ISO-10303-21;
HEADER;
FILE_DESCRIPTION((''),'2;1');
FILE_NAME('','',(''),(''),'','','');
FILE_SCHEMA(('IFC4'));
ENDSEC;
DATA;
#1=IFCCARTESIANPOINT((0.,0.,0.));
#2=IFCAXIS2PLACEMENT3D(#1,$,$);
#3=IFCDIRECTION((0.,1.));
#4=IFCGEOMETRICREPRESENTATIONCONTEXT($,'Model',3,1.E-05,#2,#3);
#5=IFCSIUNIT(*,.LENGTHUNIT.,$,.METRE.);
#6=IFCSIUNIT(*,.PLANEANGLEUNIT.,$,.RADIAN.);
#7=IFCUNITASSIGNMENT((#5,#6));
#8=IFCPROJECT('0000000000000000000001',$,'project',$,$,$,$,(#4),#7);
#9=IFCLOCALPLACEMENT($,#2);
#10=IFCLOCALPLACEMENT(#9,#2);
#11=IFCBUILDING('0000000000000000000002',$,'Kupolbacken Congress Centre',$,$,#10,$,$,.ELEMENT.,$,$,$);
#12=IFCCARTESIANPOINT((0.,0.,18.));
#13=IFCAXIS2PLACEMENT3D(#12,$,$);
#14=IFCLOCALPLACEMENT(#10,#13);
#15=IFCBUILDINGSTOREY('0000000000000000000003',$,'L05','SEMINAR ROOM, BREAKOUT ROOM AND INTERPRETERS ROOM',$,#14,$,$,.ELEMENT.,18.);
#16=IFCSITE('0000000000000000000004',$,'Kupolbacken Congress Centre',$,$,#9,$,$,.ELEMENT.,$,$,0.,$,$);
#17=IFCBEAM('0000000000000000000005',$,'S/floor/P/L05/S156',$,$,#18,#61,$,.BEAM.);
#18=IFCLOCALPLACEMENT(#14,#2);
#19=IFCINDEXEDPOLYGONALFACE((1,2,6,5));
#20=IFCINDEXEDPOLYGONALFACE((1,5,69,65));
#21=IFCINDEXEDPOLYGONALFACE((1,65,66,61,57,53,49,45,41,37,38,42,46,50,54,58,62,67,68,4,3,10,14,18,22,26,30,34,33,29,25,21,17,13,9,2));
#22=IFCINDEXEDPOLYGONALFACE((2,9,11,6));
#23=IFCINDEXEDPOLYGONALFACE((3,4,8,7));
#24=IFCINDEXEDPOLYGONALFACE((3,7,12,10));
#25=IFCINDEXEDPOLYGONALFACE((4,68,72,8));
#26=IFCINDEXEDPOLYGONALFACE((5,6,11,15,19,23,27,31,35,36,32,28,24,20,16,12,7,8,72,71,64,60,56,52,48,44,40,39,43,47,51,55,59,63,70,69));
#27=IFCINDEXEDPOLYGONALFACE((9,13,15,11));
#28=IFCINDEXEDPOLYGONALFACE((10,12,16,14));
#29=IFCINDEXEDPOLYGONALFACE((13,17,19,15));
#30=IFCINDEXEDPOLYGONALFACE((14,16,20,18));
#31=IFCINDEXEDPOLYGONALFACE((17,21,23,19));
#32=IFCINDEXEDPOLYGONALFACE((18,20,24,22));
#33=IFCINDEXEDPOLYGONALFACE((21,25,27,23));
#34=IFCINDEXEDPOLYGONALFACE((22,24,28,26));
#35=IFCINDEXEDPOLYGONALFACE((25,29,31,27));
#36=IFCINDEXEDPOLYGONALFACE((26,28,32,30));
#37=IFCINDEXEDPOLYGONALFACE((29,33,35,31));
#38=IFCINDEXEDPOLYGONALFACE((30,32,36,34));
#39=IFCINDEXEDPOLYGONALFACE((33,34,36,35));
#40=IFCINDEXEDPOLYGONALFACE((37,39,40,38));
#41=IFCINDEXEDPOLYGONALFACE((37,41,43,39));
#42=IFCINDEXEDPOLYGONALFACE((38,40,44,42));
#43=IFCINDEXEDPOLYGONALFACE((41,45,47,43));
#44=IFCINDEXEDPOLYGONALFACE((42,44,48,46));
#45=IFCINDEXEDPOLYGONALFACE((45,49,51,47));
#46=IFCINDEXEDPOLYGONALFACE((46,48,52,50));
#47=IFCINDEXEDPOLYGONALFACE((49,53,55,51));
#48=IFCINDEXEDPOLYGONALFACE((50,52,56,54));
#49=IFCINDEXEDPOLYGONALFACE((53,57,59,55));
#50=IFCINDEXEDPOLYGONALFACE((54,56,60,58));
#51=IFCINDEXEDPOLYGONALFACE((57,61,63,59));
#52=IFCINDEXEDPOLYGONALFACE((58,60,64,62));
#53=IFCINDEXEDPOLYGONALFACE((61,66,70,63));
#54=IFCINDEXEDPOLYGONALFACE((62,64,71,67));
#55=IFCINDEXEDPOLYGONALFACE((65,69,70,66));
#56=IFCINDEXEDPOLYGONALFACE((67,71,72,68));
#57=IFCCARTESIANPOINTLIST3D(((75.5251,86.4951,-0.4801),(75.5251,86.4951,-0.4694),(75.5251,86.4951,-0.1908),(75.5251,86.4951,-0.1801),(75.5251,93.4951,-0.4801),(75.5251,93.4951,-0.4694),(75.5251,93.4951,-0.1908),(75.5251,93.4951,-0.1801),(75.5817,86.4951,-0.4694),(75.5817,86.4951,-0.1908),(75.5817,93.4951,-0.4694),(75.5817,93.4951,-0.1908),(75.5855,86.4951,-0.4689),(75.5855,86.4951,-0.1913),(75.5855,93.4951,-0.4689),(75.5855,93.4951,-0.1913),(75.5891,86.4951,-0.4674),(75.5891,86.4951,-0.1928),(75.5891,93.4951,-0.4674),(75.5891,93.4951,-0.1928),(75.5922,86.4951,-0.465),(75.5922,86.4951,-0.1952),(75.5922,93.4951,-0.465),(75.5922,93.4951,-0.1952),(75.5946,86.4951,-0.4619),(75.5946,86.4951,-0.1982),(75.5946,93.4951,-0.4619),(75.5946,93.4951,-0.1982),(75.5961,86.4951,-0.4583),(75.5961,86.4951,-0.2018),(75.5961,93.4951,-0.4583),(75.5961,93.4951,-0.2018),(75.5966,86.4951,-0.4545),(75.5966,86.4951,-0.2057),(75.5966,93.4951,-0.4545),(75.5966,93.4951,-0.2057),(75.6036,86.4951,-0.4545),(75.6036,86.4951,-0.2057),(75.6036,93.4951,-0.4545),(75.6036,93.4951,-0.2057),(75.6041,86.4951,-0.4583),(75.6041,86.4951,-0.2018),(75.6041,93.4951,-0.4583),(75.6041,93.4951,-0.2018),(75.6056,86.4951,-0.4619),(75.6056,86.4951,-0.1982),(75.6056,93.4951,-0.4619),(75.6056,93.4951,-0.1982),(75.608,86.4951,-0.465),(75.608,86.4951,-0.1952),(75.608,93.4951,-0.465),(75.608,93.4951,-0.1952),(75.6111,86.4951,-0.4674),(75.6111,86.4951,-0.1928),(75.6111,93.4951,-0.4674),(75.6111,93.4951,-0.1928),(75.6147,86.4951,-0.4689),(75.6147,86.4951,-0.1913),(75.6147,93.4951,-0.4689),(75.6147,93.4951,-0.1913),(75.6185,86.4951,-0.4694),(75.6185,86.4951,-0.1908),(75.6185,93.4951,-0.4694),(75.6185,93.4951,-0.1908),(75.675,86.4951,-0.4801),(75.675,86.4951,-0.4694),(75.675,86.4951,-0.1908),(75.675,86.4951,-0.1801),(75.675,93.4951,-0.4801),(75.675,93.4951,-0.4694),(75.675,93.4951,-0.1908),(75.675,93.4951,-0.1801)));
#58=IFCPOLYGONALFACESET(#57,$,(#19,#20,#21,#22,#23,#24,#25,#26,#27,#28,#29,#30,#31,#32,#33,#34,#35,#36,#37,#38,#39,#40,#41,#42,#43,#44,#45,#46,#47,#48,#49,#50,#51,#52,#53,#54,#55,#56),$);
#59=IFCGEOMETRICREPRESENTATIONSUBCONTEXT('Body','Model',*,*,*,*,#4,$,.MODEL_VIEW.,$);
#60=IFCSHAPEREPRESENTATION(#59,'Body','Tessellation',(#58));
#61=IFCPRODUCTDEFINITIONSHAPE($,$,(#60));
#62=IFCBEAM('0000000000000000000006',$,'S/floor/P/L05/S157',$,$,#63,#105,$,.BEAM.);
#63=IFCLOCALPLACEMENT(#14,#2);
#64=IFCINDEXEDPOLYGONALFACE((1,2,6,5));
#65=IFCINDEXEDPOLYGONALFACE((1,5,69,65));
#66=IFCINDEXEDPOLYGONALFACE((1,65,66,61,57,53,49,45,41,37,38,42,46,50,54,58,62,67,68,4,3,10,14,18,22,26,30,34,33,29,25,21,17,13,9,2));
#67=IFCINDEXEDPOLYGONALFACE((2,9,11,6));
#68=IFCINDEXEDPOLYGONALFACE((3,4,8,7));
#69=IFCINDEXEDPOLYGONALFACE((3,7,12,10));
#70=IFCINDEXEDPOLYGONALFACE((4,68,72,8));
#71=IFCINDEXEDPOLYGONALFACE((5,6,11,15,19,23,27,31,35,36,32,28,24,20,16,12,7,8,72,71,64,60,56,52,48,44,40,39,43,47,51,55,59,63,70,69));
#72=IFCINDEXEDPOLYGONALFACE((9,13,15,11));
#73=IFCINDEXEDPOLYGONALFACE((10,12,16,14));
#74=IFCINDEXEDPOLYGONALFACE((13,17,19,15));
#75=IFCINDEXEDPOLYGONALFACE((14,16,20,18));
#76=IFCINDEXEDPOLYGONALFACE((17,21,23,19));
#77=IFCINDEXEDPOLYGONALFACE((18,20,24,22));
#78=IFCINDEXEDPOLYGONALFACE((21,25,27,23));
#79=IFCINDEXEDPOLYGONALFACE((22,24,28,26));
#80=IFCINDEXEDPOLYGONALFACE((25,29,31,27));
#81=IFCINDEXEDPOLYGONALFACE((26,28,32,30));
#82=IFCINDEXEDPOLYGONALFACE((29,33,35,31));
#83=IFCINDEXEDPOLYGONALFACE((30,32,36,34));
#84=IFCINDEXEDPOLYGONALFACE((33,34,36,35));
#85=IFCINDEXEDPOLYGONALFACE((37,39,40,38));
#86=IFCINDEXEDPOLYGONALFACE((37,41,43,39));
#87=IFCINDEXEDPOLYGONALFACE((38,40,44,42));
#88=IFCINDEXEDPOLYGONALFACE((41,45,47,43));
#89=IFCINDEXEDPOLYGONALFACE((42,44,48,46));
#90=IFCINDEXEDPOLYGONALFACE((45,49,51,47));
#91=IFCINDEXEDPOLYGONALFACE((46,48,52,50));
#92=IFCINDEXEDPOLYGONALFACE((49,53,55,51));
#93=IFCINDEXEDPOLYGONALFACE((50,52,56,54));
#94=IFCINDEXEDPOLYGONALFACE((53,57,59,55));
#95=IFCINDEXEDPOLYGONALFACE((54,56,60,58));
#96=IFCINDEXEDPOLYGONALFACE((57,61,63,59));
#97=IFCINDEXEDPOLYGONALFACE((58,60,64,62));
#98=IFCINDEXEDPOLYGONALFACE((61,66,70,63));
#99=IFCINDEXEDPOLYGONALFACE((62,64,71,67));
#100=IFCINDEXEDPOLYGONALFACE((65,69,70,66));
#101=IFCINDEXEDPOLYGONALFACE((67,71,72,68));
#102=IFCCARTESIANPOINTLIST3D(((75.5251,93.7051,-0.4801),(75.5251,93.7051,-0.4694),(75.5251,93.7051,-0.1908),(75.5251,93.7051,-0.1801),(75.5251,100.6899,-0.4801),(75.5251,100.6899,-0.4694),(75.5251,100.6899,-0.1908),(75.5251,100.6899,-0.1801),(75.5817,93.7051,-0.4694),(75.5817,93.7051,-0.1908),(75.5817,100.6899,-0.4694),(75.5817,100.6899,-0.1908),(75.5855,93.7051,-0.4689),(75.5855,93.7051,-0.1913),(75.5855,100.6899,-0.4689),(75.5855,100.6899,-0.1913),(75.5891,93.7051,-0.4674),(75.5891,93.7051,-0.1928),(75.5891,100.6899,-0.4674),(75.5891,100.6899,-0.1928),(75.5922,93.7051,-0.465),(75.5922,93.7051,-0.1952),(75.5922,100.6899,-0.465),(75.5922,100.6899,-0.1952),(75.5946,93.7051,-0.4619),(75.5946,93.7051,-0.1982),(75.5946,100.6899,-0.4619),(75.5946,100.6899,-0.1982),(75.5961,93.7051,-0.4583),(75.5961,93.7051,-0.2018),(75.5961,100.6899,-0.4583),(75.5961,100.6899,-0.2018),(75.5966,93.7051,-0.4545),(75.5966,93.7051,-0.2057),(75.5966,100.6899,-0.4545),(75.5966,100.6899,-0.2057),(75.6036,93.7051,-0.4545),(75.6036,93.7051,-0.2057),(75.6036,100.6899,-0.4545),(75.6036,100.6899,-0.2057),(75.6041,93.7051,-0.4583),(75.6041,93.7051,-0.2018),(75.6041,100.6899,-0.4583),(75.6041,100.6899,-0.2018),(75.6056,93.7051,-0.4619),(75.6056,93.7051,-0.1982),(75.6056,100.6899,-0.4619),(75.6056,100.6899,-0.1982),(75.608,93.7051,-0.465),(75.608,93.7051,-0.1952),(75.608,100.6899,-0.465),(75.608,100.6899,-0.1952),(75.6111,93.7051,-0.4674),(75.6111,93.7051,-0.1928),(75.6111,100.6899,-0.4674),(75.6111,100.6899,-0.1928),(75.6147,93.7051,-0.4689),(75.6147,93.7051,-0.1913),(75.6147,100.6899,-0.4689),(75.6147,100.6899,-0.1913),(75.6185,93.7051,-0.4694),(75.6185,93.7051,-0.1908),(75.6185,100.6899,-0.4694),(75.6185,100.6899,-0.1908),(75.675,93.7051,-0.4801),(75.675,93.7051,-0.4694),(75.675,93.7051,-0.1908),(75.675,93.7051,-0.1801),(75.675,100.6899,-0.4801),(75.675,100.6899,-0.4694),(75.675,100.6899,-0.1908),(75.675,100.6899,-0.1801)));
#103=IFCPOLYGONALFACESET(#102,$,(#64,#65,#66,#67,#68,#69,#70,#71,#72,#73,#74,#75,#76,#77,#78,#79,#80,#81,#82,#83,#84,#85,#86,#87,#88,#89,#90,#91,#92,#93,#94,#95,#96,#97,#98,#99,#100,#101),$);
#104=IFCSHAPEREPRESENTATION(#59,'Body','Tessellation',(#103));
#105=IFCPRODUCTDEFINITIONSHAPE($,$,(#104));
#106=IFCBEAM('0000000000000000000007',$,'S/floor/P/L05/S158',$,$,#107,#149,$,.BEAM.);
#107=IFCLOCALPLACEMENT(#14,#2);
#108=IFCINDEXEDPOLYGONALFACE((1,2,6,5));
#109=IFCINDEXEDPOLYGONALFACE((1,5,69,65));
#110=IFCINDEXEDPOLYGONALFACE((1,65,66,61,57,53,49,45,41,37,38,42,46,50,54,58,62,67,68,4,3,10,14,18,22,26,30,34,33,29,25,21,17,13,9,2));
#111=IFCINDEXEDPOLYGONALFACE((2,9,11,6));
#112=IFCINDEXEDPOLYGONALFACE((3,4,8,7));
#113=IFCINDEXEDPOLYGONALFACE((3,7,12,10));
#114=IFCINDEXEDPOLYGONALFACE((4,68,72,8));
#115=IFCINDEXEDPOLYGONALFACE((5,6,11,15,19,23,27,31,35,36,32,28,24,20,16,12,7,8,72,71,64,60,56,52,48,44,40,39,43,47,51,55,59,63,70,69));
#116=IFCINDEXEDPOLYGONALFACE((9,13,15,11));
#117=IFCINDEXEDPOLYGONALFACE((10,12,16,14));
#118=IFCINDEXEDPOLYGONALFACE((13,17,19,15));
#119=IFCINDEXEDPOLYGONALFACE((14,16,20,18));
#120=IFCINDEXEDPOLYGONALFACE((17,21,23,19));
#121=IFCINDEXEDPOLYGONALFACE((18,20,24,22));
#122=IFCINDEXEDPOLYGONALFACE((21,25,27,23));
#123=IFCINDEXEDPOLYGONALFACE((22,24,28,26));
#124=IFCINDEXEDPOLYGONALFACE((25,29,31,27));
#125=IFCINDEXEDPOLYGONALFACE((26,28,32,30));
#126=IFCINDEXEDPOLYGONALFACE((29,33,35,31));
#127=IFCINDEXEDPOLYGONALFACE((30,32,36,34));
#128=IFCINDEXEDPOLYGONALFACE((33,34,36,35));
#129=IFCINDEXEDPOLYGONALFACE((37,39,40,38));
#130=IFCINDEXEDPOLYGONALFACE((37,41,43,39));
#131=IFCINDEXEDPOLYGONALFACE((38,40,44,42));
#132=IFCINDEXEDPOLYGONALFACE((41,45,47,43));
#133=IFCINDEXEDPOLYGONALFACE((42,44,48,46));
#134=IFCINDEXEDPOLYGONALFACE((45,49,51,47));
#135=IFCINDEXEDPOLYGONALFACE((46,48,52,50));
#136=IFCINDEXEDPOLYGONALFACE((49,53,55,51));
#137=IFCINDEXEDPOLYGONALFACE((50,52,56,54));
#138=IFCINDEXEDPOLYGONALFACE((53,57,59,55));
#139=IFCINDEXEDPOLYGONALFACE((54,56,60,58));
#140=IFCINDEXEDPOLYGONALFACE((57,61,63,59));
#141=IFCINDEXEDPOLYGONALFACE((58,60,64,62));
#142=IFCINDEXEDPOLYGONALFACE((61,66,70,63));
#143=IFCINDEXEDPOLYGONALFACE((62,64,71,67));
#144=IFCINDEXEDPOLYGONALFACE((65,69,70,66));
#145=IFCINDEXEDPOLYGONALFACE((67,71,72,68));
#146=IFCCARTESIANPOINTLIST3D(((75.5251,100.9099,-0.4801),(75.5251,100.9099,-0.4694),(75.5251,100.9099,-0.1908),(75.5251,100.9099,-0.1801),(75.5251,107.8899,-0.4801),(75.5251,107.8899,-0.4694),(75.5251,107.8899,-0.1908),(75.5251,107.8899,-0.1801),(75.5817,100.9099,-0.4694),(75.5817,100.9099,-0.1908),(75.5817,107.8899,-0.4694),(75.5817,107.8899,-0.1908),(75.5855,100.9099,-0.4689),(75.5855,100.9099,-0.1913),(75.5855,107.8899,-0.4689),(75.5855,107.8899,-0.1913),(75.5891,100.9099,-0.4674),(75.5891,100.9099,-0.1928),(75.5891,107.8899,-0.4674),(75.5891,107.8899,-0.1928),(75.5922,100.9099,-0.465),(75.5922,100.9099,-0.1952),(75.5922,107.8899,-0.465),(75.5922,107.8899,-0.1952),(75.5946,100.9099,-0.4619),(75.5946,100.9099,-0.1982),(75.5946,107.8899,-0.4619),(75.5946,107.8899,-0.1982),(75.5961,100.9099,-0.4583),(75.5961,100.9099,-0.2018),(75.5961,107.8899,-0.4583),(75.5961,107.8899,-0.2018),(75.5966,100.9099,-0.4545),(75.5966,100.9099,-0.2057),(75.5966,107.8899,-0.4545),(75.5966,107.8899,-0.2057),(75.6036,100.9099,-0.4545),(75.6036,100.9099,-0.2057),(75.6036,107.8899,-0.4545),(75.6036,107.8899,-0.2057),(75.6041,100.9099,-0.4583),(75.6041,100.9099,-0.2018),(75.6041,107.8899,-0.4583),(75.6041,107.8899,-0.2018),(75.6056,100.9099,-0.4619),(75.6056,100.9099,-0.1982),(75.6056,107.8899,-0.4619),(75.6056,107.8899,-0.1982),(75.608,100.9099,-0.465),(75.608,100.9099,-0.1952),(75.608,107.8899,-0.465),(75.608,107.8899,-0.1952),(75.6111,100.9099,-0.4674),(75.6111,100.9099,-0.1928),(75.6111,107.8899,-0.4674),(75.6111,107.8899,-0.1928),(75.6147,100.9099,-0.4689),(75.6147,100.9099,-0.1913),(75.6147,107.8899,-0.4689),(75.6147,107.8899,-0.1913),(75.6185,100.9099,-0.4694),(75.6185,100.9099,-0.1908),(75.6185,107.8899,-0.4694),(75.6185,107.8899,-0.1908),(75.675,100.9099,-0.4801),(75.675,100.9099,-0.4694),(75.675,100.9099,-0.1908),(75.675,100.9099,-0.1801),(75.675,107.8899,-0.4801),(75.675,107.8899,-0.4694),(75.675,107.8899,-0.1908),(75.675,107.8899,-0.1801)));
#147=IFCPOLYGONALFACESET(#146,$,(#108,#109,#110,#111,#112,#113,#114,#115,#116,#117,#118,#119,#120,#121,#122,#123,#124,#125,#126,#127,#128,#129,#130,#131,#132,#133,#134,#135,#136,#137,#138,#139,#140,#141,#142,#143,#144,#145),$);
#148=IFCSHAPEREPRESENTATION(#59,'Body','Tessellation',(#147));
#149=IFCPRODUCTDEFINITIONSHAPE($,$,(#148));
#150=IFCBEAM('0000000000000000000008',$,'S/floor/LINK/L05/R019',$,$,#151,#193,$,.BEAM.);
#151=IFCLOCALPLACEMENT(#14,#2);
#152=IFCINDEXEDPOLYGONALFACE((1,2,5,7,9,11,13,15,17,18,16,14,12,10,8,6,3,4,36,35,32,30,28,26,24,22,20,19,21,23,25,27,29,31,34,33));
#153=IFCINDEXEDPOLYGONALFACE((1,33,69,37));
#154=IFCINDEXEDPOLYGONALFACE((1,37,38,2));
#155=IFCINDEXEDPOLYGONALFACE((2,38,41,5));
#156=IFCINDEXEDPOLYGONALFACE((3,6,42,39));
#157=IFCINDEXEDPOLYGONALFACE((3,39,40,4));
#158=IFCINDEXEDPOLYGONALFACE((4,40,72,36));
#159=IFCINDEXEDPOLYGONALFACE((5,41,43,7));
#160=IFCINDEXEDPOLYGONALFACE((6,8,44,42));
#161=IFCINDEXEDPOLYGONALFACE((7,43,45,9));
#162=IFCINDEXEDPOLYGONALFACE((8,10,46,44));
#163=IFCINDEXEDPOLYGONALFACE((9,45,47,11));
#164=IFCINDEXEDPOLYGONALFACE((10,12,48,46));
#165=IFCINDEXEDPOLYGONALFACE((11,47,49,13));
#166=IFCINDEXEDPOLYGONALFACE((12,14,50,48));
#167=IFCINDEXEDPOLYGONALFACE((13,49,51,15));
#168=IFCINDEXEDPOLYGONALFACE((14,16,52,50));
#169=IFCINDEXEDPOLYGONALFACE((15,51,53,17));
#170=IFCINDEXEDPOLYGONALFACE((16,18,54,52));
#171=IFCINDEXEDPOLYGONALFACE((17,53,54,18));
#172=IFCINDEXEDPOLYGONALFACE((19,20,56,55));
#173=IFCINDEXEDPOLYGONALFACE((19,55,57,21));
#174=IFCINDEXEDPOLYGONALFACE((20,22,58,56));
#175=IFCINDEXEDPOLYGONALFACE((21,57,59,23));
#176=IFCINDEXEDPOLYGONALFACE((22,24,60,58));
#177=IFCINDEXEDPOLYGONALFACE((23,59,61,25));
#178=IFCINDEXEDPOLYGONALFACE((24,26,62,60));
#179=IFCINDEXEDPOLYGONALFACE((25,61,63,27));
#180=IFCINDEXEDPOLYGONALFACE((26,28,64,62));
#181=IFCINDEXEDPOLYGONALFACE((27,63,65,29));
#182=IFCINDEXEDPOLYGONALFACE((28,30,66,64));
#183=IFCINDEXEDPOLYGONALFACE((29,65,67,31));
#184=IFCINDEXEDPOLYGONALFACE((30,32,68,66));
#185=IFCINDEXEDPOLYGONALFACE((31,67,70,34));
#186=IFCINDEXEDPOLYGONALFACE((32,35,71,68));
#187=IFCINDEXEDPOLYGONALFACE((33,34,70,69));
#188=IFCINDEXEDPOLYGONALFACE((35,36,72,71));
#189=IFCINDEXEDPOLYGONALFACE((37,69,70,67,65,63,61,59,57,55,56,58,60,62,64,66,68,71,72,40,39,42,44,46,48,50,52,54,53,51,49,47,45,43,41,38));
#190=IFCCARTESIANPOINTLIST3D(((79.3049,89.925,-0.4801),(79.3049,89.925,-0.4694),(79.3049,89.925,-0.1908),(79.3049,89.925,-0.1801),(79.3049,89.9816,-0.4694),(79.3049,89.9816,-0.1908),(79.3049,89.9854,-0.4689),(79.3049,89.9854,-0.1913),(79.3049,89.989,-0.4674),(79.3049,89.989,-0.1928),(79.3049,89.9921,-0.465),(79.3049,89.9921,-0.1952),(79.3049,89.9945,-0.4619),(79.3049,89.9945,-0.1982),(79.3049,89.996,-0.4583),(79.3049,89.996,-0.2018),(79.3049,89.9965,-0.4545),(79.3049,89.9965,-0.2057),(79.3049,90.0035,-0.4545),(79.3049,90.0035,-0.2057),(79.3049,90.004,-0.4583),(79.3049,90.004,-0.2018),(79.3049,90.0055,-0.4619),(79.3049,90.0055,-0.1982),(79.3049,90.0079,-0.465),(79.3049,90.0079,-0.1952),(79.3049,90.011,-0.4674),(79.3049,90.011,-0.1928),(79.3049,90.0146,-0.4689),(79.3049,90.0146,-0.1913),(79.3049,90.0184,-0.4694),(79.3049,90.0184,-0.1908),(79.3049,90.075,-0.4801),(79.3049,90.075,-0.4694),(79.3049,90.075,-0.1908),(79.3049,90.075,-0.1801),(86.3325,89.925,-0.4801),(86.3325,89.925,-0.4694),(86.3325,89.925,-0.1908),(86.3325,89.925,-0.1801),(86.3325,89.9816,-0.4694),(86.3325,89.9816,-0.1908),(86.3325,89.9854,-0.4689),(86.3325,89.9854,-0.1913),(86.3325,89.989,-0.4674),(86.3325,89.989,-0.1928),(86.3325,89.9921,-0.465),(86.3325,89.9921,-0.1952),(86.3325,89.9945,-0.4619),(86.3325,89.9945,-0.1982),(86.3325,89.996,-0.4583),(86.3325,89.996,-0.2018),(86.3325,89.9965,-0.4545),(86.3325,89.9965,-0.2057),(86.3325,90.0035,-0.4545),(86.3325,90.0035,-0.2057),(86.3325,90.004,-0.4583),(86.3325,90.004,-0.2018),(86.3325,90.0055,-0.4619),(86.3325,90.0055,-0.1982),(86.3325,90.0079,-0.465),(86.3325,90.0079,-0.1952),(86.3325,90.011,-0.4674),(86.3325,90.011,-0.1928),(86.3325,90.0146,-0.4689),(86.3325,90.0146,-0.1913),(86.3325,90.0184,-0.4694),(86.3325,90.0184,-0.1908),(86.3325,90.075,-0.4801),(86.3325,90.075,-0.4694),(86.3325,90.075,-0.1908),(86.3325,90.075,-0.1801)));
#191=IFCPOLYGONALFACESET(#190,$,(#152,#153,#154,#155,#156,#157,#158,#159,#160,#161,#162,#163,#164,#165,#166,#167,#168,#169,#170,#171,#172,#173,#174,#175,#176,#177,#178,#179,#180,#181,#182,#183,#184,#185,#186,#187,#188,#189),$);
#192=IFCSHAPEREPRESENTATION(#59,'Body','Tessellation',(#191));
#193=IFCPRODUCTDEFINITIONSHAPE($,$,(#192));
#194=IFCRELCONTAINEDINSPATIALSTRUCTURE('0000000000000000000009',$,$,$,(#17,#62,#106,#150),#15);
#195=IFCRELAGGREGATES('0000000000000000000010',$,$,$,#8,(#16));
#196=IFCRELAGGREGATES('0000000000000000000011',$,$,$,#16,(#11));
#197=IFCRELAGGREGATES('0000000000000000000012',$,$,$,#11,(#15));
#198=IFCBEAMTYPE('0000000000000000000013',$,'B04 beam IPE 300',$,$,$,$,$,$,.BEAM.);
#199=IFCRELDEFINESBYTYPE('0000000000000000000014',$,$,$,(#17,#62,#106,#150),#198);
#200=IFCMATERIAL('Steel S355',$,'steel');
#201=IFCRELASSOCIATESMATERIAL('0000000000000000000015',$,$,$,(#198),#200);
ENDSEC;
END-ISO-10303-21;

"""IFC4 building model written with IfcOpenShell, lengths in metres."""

from ifc_helpers import new_model, si_unit, direction, frame, origin, origin_2d, place, context, subcontext, project, spatial, i_section, extrude, material, material_profile, profile_set, type_object, element, save


model = new_model("IFC4")

# Units and contexts
model_context = context("Model", 3, precision=1e-05, world=origin(), true_north=direction((0.0, 1.0)))
body_context = subcontext(model_context, "Body", "Model", "MODEL_VIEW")
ifc_project = project(units=[si_unit("LENGTHUNIT", "METRE"), si_unit("PLANEANGLEUNIT", "RADIAN")], contexts=[model_context])

# Site, building, storey
site_placement = place(None, origin())
site = spatial("IfcSite", under=ifc_project, at=site_placement, Name="Kupolbacken Congress Centre", CompositionType="ELEMENT", RefElevation=0.0)
building_placement = place(site_placement, origin())
building = spatial("IfcBuilding", under=site, at=building_placement, Name="Kupolbacken Congress Centre", CompositionType="ELEMENT")
storey_placement = place(building_placement, frame((0.0, 0.0, 18.0)))
storey = spatial("IfcBuildingStorey", under=building, at=storey_placement, Name="L05", Description="SEMINAR ROOM, BREAKOUT ROOM AND INTERPRETERS ROOM", CompositionType="ELEMENT", Elevation=18.0)

# Beams
ifc_material_1 = material(Name="Steel S355", Category="steel")
ifc_material_profile_1 = material_profile(ifc_material_1, i_section(OverallWidth=0.1499, OverallDepth=0.3, WebThickness=0.0071, FlangeThickness=0.0107, FilletRadius=0.0149, at=origin_2d()), Name="IPE 300")
ifc_profile_set_1 = profile_set([ifc_material_profile_1], Name="Steel S355")
beam_type_1 = type_object("IfcBeamType", Name="B04 beam IPE 300", PredefinedType="BEAM", material=ifc_profile_set_1)
beam_1_placement = place(storey_placement, frame((75.6001, 86.4951, -0.3301), z_axis=(0.0, 1.0, 0.0), x_axis=(-1.0, 0.0, 0.0)))
element("IfcBeam", 1, at=beam_1_placement, inside=storey, type_object=beam_type_1, Name="S/floor/P/L05/S156", PredefinedType="BEAM", context=body_context, shape_type="SweptSolid", body=[
    extrude(i_section(OverallWidth=0.1499, OverallDepth=0.3, WebThickness=0.0071, FlangeThickness=0.0107, FilletRadius=0.0149, at=origin_2d()), origin(), (0.0, 0.0, 1.0), 7.0),
])
beam_2_placement = place(storey_placement, frame((75.6001, 93.7051, -0.3301), z_axis=(0.0, 1.0, 0.0), x_axis=(-1.0, 0.0, 0.0)))
element("IfcBeam", 2, at=beam_2_placement, inside=storey, type_object=beam_type_1, Name="S/floor/P/L05/S157", PredefinedType="BEAM", context=body_context, shape_type="SweptSolid", body=[
    extrude(i_section(OverallWidth=0.1499, OverallDepth=0.3, WebThickness=0.0071, FlangeThickness=0.0107, FilletRadius=0.0149, at=origin_2d()), origin(), (0.0, 0.0, 1.0), 6.9849),
])
beam_3_placement = place(storey_placement, frame((75.6001, 100.9099, -0.3301), z_axis=(0.0, 1.0, 0.0), x_axis=(-1.0, 0.0, 0.0)))
element("IfcBeam", 3, at=beam_3_placement, inside=storey, type_object=beam_type_1, Name="S/floor/P/L05/S158", PredefinedType="BEAM", context=body_context, shape_type="SweptSolid", body=[
    extrude(i_section(OverallWidth=0.1499, OverallDepth=0.3, WebThickness=0.0071, FlangeThickness=0.0107, FilletRadius=0.0149, at=origin_2d()), origin(), (0.0, 0.0, 1.0), 6.98),
])
beam_4_placement = place(storey_placement, frame((79.3049, 90.0, -0.3301), z_axis=(1.0, 0.0, 0.0), x_axis=(0.0, 1.0, 0.0)))
element("IfcBeam", 4, at=beam_4_placement, inside=storey, type_object=beam_type_1, Name="S/floor/LINK/L05/R019", PredefinedType="BEAM", context=body_context, shape_type="SweptSolid", body=[
    extrude(i_section(OverallWidth=0.1499, OverallDepth=0.3, WebThickness=0.0071, FlangeThickness=0.0107, FilletRadius=0.0149, at=origin_2d()), origin(), (0.0, 0.0, 1.0), 7.0276),
])

save(model, "model.ifc")
